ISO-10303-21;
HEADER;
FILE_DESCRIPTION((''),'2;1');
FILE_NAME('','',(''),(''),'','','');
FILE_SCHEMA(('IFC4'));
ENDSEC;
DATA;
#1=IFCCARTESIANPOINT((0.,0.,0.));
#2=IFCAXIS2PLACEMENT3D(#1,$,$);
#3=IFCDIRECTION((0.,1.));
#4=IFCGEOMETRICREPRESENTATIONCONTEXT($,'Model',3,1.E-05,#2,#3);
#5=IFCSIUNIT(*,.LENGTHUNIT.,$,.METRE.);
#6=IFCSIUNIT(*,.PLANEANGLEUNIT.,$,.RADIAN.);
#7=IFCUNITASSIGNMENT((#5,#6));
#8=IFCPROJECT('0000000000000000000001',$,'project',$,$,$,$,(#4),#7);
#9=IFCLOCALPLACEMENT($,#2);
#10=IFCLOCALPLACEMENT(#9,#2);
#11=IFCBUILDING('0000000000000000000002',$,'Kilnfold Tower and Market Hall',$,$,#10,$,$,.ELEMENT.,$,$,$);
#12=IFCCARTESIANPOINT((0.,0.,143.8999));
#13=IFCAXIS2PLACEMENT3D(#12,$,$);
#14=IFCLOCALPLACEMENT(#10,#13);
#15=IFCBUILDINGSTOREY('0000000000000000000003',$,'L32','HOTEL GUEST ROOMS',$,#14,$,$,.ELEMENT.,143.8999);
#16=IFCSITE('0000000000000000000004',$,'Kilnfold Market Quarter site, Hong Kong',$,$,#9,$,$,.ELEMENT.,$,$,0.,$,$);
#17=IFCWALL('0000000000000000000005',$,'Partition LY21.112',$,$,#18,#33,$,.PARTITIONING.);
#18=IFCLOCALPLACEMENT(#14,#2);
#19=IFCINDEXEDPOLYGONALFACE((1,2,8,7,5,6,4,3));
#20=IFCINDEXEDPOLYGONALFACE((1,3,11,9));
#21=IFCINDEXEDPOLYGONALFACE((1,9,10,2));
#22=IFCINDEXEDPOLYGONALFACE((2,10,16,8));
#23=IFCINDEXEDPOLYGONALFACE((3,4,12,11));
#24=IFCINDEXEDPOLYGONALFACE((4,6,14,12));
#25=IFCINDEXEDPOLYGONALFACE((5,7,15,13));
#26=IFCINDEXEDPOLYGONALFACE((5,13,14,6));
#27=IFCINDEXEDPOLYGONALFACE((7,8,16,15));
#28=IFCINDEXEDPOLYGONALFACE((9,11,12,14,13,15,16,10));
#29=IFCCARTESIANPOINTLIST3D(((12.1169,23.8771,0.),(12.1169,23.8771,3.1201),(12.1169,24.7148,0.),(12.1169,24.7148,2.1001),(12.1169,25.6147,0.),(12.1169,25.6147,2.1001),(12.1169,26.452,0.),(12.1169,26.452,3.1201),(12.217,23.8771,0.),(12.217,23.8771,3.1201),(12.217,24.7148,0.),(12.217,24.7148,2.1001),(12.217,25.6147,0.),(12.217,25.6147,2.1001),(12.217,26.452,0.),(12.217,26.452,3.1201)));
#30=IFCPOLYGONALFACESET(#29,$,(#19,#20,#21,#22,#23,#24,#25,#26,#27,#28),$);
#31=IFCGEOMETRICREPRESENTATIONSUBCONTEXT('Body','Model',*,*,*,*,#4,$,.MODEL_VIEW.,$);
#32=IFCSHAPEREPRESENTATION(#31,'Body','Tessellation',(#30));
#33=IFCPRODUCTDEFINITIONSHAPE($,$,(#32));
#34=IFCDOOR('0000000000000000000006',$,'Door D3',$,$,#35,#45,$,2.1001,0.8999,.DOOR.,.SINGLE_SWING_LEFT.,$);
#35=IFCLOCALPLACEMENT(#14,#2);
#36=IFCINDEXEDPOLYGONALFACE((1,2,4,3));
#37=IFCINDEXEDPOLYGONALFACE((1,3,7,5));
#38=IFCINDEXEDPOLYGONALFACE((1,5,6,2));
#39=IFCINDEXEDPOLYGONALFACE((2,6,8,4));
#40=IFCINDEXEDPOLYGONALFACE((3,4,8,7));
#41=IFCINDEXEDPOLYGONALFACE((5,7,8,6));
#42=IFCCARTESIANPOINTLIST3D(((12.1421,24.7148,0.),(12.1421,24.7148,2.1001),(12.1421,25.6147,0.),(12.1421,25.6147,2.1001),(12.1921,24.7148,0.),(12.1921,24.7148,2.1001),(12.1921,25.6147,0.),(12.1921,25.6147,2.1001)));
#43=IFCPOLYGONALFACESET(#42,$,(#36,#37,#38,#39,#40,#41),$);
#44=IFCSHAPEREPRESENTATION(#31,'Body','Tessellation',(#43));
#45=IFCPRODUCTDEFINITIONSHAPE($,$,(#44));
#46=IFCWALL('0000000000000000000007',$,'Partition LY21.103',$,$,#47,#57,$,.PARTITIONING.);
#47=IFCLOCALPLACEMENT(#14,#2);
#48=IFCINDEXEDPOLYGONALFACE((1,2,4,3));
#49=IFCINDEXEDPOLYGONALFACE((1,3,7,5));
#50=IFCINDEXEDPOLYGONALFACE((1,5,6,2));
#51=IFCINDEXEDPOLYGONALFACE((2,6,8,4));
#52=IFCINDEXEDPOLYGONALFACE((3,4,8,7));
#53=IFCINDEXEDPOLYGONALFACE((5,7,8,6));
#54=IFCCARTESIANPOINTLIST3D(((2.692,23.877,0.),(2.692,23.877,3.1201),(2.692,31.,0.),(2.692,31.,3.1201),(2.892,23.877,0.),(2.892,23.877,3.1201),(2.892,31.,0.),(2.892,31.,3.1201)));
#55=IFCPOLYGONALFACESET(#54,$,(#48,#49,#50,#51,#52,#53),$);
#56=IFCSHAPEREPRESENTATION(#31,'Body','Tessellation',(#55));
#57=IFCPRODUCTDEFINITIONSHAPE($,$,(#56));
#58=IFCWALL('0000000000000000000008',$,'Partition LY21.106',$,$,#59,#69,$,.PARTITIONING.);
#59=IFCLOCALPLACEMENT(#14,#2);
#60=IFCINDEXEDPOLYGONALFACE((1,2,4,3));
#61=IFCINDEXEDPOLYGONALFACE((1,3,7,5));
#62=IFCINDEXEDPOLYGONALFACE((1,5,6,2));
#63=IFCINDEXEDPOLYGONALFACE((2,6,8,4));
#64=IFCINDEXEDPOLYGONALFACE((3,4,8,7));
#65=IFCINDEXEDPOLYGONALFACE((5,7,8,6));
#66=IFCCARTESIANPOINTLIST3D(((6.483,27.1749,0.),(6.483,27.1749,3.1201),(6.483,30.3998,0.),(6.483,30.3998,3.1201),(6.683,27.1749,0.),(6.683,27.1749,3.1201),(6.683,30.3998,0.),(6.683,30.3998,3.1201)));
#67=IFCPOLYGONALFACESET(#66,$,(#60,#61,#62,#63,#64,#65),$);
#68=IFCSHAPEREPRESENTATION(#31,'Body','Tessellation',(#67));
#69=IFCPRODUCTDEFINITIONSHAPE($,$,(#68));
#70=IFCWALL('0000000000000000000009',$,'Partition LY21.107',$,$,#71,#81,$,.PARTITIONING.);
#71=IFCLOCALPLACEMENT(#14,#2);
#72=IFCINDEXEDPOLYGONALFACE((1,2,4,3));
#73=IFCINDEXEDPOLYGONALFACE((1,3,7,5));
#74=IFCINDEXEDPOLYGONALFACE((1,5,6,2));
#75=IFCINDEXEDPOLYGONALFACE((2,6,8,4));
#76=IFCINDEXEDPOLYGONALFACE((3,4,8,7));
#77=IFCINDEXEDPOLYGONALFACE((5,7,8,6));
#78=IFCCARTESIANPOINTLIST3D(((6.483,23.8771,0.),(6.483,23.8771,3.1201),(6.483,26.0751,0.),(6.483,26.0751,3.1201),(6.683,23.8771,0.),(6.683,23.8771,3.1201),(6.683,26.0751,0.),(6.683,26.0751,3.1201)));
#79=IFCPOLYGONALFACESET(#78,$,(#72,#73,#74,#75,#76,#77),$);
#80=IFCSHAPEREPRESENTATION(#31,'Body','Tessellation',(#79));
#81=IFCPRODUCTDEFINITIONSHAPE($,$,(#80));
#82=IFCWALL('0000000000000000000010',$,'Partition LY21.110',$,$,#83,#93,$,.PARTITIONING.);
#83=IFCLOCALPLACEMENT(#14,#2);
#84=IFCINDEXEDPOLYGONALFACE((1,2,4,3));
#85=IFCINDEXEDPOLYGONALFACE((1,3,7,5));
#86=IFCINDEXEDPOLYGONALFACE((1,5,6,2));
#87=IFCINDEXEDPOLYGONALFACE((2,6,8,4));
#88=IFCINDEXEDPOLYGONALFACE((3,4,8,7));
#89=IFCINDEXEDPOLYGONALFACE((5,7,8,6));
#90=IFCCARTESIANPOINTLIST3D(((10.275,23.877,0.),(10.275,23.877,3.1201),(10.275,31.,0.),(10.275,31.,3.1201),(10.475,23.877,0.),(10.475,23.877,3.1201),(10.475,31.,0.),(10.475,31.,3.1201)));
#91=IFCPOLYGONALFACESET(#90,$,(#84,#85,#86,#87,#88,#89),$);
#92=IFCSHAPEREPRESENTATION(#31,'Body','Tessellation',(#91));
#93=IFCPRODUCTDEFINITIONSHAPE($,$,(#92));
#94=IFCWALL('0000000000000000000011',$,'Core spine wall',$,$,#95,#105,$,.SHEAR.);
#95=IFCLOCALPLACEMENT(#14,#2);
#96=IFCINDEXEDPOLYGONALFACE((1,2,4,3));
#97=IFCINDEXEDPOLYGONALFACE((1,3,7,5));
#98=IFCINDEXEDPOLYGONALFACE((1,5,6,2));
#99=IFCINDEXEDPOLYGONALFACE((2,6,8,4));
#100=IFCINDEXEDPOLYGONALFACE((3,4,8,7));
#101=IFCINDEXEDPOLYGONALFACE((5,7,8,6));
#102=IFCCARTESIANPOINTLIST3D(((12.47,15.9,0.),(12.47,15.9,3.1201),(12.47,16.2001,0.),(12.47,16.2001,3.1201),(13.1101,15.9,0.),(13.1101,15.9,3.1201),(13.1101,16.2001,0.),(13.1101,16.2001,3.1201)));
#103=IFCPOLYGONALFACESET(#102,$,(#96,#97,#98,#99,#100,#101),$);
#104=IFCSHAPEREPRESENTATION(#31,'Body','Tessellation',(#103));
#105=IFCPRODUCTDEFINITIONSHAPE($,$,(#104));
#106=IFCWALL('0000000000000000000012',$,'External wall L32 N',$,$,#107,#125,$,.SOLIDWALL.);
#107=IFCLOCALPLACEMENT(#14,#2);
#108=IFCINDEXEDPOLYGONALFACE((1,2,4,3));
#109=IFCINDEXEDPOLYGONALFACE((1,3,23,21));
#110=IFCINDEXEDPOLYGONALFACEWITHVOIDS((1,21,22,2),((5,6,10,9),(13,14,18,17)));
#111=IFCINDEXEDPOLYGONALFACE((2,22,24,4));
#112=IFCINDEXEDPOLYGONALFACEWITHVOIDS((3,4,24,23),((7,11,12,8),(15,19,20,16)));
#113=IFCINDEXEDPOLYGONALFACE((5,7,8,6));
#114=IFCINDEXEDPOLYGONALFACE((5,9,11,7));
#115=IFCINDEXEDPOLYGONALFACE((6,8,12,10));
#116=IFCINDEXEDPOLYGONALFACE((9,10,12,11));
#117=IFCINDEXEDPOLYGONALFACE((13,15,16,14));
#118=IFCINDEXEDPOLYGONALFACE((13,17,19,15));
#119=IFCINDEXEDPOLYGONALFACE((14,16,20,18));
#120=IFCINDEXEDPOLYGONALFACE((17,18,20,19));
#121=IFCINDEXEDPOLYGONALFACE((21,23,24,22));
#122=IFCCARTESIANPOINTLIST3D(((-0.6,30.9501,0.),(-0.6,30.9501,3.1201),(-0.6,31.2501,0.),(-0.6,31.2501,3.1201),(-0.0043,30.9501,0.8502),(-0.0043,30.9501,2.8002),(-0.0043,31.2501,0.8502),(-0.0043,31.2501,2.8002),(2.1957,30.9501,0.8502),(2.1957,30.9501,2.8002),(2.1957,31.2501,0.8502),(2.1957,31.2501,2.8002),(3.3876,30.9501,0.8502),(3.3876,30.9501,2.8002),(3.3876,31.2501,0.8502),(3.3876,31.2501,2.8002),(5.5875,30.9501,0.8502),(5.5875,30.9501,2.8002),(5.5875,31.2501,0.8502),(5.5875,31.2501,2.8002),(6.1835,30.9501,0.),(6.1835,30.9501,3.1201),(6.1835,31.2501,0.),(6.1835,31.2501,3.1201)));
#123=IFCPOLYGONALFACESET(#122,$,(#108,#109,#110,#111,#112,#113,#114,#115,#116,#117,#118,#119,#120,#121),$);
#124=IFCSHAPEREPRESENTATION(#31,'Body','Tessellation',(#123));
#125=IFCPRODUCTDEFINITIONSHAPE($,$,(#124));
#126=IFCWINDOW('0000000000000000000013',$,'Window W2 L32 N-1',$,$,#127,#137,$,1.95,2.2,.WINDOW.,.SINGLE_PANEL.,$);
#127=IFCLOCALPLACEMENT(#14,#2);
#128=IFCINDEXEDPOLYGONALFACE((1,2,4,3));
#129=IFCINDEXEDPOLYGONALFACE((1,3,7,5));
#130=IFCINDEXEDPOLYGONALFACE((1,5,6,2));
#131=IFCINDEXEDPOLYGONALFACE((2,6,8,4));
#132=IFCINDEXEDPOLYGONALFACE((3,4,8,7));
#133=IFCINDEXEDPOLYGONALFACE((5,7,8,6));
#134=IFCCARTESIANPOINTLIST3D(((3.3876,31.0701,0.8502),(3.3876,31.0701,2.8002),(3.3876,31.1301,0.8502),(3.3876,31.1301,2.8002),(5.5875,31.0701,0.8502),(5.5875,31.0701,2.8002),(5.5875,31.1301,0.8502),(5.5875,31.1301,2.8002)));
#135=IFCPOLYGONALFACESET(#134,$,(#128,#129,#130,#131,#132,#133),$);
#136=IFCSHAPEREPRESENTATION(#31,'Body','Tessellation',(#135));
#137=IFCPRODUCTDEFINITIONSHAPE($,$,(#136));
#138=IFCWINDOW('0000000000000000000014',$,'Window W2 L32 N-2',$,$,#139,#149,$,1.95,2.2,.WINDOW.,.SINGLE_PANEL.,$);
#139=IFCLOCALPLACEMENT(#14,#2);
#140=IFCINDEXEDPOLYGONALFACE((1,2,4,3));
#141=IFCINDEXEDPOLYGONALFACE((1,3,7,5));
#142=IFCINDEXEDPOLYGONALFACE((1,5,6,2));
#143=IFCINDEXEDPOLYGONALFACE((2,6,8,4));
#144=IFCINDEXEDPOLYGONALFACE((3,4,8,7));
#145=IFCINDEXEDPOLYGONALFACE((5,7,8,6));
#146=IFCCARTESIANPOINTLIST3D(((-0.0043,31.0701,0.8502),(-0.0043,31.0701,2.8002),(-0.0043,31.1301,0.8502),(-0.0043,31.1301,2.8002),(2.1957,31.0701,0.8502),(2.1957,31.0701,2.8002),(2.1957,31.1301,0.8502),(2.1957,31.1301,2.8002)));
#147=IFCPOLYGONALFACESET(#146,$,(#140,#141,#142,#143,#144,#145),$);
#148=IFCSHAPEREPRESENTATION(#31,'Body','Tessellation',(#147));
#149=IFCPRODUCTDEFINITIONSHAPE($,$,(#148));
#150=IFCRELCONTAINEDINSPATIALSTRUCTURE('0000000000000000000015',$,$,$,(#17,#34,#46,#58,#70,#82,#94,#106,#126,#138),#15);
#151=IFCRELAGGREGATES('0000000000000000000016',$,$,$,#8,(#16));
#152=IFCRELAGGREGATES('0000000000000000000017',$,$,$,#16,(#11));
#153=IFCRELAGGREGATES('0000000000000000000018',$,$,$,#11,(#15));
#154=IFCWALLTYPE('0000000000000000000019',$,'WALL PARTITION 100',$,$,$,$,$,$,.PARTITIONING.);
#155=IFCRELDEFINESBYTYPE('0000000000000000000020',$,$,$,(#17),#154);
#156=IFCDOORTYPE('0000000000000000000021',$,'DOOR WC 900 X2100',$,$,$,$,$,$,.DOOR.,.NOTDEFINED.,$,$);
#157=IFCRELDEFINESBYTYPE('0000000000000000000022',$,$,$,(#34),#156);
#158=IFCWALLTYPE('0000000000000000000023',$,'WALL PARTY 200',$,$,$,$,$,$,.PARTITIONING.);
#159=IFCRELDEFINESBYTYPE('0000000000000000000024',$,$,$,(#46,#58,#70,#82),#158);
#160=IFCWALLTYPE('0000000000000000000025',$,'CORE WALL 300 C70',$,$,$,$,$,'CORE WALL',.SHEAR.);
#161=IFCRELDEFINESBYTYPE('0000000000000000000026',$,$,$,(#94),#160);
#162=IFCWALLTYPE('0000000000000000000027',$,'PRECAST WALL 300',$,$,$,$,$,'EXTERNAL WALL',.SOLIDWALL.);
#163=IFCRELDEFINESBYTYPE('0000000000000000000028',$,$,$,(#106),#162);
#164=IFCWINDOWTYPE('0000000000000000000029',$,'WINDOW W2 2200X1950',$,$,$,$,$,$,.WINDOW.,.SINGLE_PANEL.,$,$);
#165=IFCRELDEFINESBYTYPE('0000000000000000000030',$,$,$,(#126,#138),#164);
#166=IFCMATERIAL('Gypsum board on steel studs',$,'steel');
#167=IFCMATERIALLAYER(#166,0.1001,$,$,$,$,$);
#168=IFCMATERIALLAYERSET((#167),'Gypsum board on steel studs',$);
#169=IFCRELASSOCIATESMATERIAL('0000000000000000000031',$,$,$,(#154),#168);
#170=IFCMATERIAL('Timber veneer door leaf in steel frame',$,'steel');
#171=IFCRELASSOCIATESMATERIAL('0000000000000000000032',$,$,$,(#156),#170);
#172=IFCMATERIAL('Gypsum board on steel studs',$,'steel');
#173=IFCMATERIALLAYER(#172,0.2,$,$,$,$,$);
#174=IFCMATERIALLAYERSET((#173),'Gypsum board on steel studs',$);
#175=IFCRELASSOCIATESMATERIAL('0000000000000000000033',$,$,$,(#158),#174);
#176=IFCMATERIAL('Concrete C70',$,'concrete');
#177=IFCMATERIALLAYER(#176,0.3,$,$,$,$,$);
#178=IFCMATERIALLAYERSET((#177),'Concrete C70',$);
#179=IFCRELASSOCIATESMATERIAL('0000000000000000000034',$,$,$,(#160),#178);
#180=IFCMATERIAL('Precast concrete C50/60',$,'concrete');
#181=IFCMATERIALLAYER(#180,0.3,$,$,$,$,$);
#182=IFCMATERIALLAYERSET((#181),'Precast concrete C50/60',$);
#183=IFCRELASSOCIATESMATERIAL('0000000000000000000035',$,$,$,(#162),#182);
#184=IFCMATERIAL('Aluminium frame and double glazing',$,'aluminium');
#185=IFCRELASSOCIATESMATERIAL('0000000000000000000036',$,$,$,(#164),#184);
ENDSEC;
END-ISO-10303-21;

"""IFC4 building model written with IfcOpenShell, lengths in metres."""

from ifc_helpers import new_model, si_unit, direction, frame, frame_2d, origin, place, context, subcontext, project, spatial, rectangle, extrude, source, transform, mapped, material, layer, layer_set, type_object, element, fill, save


model = new_model("IFC4")

# Units and contexts
model_context = context("Model", 3, precision=1e-05, world=origin(), true_north=direction((0.0, 1.0)))
body_context = subcontext(model_context, "Body", "Model", "MODEL_VIEW")
ifc_project = project(units=[si_unit("LENGTHUNIT", "METRE"), si_unit("PLANEANGLEUNIT", "RADIAN")], contexts=[model_context])

# Site, building, storey
site_placement = place(None, origin())
site = spatial("IfcSite", under=ifc_project, at=site_placement, Name="Kilnfold Market Quarter site, Hong Kong", CompositionType="ELEMENT", RefElevation=0.0)
building_placement = place(site_placement, origin())
building = spatial("IfcBuilding", under=site, at=building_placement, Name="Kilnfold Tower and Market Hall", CompositionType="ELEMENT")
storey_placement = place(building_placement, frame((0.0, 0.0, 143.8999)))
storey = spatial("IfcBuildingStorey", under=building, at=storey_placement, Name="L32", Description="HOTEL GUEST ROOMS", CompositionType="ELEMENT", Elevation=143.8999)

# Shared definitions
ifc_material_1 = material(Name="Gypsum board on steel studs", Category="steel")
ifc_layer_1 = layer(ifc_material_1, 0.1001)
ifc_layer_set_1 = layer_set([ifc_layer_1], Name="Gypsum board on steel studs")
wall_type_1 = type_object("IfcWallType", Name="WALL PARTITION 100", PredefinedType="PARTITIONING", material=ifc_layer_set_1)
ifc_material_2 = material(Name="Timber veneer door leaf in steel frame", Category="steel")
door_type_1 = type_object("IfcDoorType", Name="DOOR WC 900 X2100", OperationType="NOTDEFINED", PredefinedType="DOOR", material=ifc_material_2)

# Wall, opening, door
wall_1_placement = place(storey_placement, frame((12.167, 23.877, 0.0), z_axis=(0.0, 0.0, 1.0), x_axis=(0.0, 1.0, 0.0)))
wall_1 = element("IfcWall", 1, at=wall_1_placement, inside=storey, type_object=wall_type_1, Name="Partition LY21.112", PredefinedType="PARTITIONING", context=body_context, shape_type="SweptSolid", body=[
    extrude(rectangle(XDim=2.575, YDim=0.1001, at=frame_2d((1.2876, 0.0))), origin(), (0.0, 0.0, 1.0), 3.1201),
])
opening_1_placement = place(wall_1_placement, frame((0.8379, 0.0, 0.0)))
opening_1 = element("IfcOpeningElement", 2, at=opening_1_placement, cuts=wall_1, PredefinedType="OPENING", context=body_context, shape_type="SweptSolid", body=[
    extrude(rectangle(XDim=0.8999, YDim=2.1001, at=frame_2d((0.45, 1.05))), frame((0.0, 0.0601, 0.0), z_axis=(0.0, -1.0, 0.0), x_axis=(1.0, 0.0, 0.0)), (0.0, 0.0, 1.0), 0.1201),
])
door_1_placement = place(opening_1_placement, origin())
door_1 = element("IfcDoor", 3, at=door_1_placement, inside=storey, type_object=door_type_1, Name="Door D3", OperationType="SINGLE_SWING_LEFT", OverallHeight=2.1001, OverallWidth=0.8999, PredefinedType="DOOR", context=body_context, shape_type="SweptSolid", body=[
    extrude(rectangle(XDim=0.8999, YDim=2.1001, at=frame_2d((0.45, 1.05))), frame((0.0, 0.0249, 0.0), z_axis=(0.0, -1.0, 0.0), x_axis=(1.0, 0.0, 0.0)), (0.0, 0.0, 1.0), 0.05),
])
fill(opening_1, door_1)

# Walls
ifc_material_3 = material(Name="Gypsum board on steel studs", Category="steel")
ifc_layer_2 = layer(ifc_material_3, 0.2)
ifc_layer_set_2 = layer_set([ifc_layer_2], Name="Gypsum board on steel studs")
wall_type_2 = type_object("IfcWallType", Name="WALL PARTY 200", PredefinedType="PARTITIONING", material=ifc_layer_set_2)
wall_2_placement = place(storey_placement, frame((2.792, 23.877, 0.0), z_axis=(0.0, 0.0, 1.0), x_axis=(0.0, 1.0, 0.0)))
element("IfcWall", 4, at=wall_2_placement, inside=storey, type_object=wall_type_2, Name="Partition LY21.103", PredefinedType="PARTITIONING", context=body_context, shape_type="SweptSolid", body=[
    extrude(rectangle(XDim=7.123, YDim=0.2, at=frame_2d((3.5615, 0.0))), origin(), (0.0, 0.0, 1.0), 3.1201),
])
wall_3_placement = place(storey_placement, frame((6.583, 27.175, 0.0), z_axis=(0.0, 0.0, 1.0), x_axis=(0.0, 1.0, 0.0)))
element("IfcWall", 5, at=wall_3_placement, inside=storey, type_object=wall_type_2, Name="Partition LY21.106", PredefinedType="PARTITIONING", context=body_context, shape_type="SweptSolid", body=[
    extrude(rectangle(XDim=3.2249, YDim=0.2, at=frame_2d((1.6123, 0.0))), origin(), (0.0, 0.0, 1.0), 3.1201),
])
wall_4_placement = place(storey_placement, frame((6.583, 23.877, 0.0), z_axis=(0.0, 0.0, 1.0), x_axis=(0.0, 1.0, 0.0)))
element("IfcWall", 6, at=wall_4_placement, inside=storey, type_object=wall_type_2, Name="Partition LY21.107", PredefinedType="PARTITIONING", context=body_context, shape_type="SweptSolid", body=[
    extrude(rectangle(XDim=2.198, YDim=0.2, at=frame_2d((1.0991, 0.0))), origin(), (0.0, 0.0, 1.0), 3.1201),
])
wall_5_placement = place(storey_placement, frame((10.375, 23.877, 0.0), z_axis=(0.0, 0.0, 1.0), x_axis=(0.0, 1.0, 0.0)))
element("IfcWall", 7, at=wall_5_placement, inside=storey, type_object=wall_type_2, Name="Partition LY21.110", PredefinedType="PARTITIONING", context=body_context, shape_type="SweptSolid", body=[
    extrude(rectangle(XDim=7.123, YDim=0.2, at=frame_2d((3.5615, 0.0))), origin(), (0.0, 0.0, 1.0), 3.1201),
])
ifc_material_4 = material(Name="Concrete C70", Category="concrete")
ifc_layer_3 = layer(ifc_material_4, 0.3)
ifc_layer_set_3 = layer_set([ifc_layer_3], Name="Concrete C70")
wall_type_3 = type_object("IfcWallType", Name="CORE WALL 300 C70", ElementType="CORE WALL", PredefinedType="SHEAR", material=ifc_layer_set_3)
shared_shape_1 = source(origin(), body_context, "Body", "SweptSolid", [
    extrude(rectangle(XDim=0.6401, YDim=0.3, at=frame_2d((0.3201, 0.0))), origin(), (0.0, 0.0, 1.0), 3.1201),
])
wall_6_placement = place(storey_placement, frame((12.47, 16.05, 0.0), z_axis=(0.0, 0.0, 1.0), x_axis=(1.0, 0.0, 0.0)))
element("IfcWall", 8, at=wall_6_placement, inside=storey, type_object=wall_type_3, Name="Core spine wall", PredefinedType="SHEAR", context=body_context, shape_type="MappedRepresentation", body=[
    mapped(shared_shape_1, transform((0.0, 0.0, 0.0))),
])

# Wall, openings, windows
ifc_material_5 = material(Name="Precast concrete C50/60", Category="concrete")
ifc_layer_4 = layer(ifc_material_5, 0.3)
ifc_layer_set_4 = layer_set([ifc_layer_4], Name="Precast concrete C50/60")
wall_type_4 = type_object("IfcWallType", Name="PRECAST WALL 300", ElementType="EXTERNAL WALL", PredefinedType="SOLIDWALL", material=ifc_layer_set_4)
shared_shape_2 = source(origin(), body_context, "Body", "SweptSolid", [
    extrude(rectangle(XDim=6.7834, YDim=0.3, at=frame_2d((3.3916, 0.0))), origin(), (0.0, 0.0, 1.0), 3.1201),
])
wall_7_placement = place(storey_placement, frame((6.1833, 31.1001, 0.0), z_axis=(0.0, 0.0, 1.0), x_axis=(-1.0, 0.0, 0.0)))
wall_7 = element("IfcWall", 9, at=wall_7_placement, inside=storey, type_object=wall_type_4, Name="External wall L32 N", PredefinedType="SOLIDWALL", context=body_context, shape_type="MappedRepresentation", body=[
    mapped(shared_shape_2, transform((0.0, 0.0, 0.0))),
])
opening_2_placement = place(wall_7_placement, frame((0.5957, 0.0, 0.8501)))
opening_2 = element("IfcOpeningElement", 10, at=opening_2_placement, cuts=wall_7, PredefinedType="OPENING", context=body_context, shape_type="SweptSolid", body=[
    extrude(rectangle(XDim=2.2, YDim=1.95, at=frame_2d((1.1001, 0.9751))), frame((0.0, 0.1602, 0.0), z_axis=(0.0, -1.0, 0.0), x_axis=(1.0, 0.0, 0.0)), (0.0, 0.0, 1.0), 0.3201),
])
opening_3_placement = place(wall_7_placement, frame((3.9875, 0.0, 0.8501)))
opening_3 = element("IfcOpeningElement", 11, at=opening_3_placement, cuts=wall_7, PredefinedType="OPENING", context=body_context, shape_type="SweptSolid", body=[
    extrude(rectangle(XDim=2.2, YDim=1.95, at=frame_2d((1.1001, 0.9751))), frame((0.0, 0.1602, 0.0), z_axis=(0.0, -1.0, 0.0), x_axis=(1.0, 0.0, 0.0)), (0.0, 0.0, 1.0), 0.3201),
])
ifc_material_6 = material(Name="Aluminium frame and double glazing", Category="aluminium")
window_type = type_object("IfcWindowType", Name="WINDOW W2 2200X1950", PartitioningType="SINGLE_PANEL", PredefinedType="WINDOW", material=ifc_material_6)
window_1_placement = place(opening_2_placement, origin())
window_1 = element("IfcWindow", 12, at=window_1_placement, inside=storey, type_object=window_type, Name="Window W2 L32 N-1", OverallHeight=1.95, OverallWidth=2.2, PartitioningType="SINGLE_PANEL", PredefinedType="WINDOW", context=body_context, shape_type="SweptSolid", body=[
    extrude(rectangle(XDim=2.2, YDim=1.95, at=frame_2d((1.1001, 0.9751))), frame((0.0, 0.03, 0.0), z_axis=(0.0, -1.0, 0.0), x_axis=(1.0, 0.0, 0.0)), (0.0, 0.0, 1.0), 0.0601),
])
fill(opening_2, window_1)
window_2_placement = place(opening_3_placement, origin())
window_2 = element("IfcWindow", 13, at=window_2_placement, inside=storey, type_object=window_type, Name="Window W2 L32 N-2", OverallHeight=1.95, OverallWidth=2.2, PartitioningType="SINGLE_PANEL", PredefinedType="WINDOW", context=body_context, shape_type="SweptSolid", body=[
    extrude(rectangle(XDim=2.2, YDim=1.95, at=frame_2d((1.1001, 0.9751))), frame((0.0, 0.03, 0.0), z_axis=(0.0, -1.0, 0.0), x_axis=(1.0, 0.0, 0.0)), (0.0, 0.0, 1.0), 0.0601),
])
fill(opening_3, window_2)

save(model, "model.ifc")
